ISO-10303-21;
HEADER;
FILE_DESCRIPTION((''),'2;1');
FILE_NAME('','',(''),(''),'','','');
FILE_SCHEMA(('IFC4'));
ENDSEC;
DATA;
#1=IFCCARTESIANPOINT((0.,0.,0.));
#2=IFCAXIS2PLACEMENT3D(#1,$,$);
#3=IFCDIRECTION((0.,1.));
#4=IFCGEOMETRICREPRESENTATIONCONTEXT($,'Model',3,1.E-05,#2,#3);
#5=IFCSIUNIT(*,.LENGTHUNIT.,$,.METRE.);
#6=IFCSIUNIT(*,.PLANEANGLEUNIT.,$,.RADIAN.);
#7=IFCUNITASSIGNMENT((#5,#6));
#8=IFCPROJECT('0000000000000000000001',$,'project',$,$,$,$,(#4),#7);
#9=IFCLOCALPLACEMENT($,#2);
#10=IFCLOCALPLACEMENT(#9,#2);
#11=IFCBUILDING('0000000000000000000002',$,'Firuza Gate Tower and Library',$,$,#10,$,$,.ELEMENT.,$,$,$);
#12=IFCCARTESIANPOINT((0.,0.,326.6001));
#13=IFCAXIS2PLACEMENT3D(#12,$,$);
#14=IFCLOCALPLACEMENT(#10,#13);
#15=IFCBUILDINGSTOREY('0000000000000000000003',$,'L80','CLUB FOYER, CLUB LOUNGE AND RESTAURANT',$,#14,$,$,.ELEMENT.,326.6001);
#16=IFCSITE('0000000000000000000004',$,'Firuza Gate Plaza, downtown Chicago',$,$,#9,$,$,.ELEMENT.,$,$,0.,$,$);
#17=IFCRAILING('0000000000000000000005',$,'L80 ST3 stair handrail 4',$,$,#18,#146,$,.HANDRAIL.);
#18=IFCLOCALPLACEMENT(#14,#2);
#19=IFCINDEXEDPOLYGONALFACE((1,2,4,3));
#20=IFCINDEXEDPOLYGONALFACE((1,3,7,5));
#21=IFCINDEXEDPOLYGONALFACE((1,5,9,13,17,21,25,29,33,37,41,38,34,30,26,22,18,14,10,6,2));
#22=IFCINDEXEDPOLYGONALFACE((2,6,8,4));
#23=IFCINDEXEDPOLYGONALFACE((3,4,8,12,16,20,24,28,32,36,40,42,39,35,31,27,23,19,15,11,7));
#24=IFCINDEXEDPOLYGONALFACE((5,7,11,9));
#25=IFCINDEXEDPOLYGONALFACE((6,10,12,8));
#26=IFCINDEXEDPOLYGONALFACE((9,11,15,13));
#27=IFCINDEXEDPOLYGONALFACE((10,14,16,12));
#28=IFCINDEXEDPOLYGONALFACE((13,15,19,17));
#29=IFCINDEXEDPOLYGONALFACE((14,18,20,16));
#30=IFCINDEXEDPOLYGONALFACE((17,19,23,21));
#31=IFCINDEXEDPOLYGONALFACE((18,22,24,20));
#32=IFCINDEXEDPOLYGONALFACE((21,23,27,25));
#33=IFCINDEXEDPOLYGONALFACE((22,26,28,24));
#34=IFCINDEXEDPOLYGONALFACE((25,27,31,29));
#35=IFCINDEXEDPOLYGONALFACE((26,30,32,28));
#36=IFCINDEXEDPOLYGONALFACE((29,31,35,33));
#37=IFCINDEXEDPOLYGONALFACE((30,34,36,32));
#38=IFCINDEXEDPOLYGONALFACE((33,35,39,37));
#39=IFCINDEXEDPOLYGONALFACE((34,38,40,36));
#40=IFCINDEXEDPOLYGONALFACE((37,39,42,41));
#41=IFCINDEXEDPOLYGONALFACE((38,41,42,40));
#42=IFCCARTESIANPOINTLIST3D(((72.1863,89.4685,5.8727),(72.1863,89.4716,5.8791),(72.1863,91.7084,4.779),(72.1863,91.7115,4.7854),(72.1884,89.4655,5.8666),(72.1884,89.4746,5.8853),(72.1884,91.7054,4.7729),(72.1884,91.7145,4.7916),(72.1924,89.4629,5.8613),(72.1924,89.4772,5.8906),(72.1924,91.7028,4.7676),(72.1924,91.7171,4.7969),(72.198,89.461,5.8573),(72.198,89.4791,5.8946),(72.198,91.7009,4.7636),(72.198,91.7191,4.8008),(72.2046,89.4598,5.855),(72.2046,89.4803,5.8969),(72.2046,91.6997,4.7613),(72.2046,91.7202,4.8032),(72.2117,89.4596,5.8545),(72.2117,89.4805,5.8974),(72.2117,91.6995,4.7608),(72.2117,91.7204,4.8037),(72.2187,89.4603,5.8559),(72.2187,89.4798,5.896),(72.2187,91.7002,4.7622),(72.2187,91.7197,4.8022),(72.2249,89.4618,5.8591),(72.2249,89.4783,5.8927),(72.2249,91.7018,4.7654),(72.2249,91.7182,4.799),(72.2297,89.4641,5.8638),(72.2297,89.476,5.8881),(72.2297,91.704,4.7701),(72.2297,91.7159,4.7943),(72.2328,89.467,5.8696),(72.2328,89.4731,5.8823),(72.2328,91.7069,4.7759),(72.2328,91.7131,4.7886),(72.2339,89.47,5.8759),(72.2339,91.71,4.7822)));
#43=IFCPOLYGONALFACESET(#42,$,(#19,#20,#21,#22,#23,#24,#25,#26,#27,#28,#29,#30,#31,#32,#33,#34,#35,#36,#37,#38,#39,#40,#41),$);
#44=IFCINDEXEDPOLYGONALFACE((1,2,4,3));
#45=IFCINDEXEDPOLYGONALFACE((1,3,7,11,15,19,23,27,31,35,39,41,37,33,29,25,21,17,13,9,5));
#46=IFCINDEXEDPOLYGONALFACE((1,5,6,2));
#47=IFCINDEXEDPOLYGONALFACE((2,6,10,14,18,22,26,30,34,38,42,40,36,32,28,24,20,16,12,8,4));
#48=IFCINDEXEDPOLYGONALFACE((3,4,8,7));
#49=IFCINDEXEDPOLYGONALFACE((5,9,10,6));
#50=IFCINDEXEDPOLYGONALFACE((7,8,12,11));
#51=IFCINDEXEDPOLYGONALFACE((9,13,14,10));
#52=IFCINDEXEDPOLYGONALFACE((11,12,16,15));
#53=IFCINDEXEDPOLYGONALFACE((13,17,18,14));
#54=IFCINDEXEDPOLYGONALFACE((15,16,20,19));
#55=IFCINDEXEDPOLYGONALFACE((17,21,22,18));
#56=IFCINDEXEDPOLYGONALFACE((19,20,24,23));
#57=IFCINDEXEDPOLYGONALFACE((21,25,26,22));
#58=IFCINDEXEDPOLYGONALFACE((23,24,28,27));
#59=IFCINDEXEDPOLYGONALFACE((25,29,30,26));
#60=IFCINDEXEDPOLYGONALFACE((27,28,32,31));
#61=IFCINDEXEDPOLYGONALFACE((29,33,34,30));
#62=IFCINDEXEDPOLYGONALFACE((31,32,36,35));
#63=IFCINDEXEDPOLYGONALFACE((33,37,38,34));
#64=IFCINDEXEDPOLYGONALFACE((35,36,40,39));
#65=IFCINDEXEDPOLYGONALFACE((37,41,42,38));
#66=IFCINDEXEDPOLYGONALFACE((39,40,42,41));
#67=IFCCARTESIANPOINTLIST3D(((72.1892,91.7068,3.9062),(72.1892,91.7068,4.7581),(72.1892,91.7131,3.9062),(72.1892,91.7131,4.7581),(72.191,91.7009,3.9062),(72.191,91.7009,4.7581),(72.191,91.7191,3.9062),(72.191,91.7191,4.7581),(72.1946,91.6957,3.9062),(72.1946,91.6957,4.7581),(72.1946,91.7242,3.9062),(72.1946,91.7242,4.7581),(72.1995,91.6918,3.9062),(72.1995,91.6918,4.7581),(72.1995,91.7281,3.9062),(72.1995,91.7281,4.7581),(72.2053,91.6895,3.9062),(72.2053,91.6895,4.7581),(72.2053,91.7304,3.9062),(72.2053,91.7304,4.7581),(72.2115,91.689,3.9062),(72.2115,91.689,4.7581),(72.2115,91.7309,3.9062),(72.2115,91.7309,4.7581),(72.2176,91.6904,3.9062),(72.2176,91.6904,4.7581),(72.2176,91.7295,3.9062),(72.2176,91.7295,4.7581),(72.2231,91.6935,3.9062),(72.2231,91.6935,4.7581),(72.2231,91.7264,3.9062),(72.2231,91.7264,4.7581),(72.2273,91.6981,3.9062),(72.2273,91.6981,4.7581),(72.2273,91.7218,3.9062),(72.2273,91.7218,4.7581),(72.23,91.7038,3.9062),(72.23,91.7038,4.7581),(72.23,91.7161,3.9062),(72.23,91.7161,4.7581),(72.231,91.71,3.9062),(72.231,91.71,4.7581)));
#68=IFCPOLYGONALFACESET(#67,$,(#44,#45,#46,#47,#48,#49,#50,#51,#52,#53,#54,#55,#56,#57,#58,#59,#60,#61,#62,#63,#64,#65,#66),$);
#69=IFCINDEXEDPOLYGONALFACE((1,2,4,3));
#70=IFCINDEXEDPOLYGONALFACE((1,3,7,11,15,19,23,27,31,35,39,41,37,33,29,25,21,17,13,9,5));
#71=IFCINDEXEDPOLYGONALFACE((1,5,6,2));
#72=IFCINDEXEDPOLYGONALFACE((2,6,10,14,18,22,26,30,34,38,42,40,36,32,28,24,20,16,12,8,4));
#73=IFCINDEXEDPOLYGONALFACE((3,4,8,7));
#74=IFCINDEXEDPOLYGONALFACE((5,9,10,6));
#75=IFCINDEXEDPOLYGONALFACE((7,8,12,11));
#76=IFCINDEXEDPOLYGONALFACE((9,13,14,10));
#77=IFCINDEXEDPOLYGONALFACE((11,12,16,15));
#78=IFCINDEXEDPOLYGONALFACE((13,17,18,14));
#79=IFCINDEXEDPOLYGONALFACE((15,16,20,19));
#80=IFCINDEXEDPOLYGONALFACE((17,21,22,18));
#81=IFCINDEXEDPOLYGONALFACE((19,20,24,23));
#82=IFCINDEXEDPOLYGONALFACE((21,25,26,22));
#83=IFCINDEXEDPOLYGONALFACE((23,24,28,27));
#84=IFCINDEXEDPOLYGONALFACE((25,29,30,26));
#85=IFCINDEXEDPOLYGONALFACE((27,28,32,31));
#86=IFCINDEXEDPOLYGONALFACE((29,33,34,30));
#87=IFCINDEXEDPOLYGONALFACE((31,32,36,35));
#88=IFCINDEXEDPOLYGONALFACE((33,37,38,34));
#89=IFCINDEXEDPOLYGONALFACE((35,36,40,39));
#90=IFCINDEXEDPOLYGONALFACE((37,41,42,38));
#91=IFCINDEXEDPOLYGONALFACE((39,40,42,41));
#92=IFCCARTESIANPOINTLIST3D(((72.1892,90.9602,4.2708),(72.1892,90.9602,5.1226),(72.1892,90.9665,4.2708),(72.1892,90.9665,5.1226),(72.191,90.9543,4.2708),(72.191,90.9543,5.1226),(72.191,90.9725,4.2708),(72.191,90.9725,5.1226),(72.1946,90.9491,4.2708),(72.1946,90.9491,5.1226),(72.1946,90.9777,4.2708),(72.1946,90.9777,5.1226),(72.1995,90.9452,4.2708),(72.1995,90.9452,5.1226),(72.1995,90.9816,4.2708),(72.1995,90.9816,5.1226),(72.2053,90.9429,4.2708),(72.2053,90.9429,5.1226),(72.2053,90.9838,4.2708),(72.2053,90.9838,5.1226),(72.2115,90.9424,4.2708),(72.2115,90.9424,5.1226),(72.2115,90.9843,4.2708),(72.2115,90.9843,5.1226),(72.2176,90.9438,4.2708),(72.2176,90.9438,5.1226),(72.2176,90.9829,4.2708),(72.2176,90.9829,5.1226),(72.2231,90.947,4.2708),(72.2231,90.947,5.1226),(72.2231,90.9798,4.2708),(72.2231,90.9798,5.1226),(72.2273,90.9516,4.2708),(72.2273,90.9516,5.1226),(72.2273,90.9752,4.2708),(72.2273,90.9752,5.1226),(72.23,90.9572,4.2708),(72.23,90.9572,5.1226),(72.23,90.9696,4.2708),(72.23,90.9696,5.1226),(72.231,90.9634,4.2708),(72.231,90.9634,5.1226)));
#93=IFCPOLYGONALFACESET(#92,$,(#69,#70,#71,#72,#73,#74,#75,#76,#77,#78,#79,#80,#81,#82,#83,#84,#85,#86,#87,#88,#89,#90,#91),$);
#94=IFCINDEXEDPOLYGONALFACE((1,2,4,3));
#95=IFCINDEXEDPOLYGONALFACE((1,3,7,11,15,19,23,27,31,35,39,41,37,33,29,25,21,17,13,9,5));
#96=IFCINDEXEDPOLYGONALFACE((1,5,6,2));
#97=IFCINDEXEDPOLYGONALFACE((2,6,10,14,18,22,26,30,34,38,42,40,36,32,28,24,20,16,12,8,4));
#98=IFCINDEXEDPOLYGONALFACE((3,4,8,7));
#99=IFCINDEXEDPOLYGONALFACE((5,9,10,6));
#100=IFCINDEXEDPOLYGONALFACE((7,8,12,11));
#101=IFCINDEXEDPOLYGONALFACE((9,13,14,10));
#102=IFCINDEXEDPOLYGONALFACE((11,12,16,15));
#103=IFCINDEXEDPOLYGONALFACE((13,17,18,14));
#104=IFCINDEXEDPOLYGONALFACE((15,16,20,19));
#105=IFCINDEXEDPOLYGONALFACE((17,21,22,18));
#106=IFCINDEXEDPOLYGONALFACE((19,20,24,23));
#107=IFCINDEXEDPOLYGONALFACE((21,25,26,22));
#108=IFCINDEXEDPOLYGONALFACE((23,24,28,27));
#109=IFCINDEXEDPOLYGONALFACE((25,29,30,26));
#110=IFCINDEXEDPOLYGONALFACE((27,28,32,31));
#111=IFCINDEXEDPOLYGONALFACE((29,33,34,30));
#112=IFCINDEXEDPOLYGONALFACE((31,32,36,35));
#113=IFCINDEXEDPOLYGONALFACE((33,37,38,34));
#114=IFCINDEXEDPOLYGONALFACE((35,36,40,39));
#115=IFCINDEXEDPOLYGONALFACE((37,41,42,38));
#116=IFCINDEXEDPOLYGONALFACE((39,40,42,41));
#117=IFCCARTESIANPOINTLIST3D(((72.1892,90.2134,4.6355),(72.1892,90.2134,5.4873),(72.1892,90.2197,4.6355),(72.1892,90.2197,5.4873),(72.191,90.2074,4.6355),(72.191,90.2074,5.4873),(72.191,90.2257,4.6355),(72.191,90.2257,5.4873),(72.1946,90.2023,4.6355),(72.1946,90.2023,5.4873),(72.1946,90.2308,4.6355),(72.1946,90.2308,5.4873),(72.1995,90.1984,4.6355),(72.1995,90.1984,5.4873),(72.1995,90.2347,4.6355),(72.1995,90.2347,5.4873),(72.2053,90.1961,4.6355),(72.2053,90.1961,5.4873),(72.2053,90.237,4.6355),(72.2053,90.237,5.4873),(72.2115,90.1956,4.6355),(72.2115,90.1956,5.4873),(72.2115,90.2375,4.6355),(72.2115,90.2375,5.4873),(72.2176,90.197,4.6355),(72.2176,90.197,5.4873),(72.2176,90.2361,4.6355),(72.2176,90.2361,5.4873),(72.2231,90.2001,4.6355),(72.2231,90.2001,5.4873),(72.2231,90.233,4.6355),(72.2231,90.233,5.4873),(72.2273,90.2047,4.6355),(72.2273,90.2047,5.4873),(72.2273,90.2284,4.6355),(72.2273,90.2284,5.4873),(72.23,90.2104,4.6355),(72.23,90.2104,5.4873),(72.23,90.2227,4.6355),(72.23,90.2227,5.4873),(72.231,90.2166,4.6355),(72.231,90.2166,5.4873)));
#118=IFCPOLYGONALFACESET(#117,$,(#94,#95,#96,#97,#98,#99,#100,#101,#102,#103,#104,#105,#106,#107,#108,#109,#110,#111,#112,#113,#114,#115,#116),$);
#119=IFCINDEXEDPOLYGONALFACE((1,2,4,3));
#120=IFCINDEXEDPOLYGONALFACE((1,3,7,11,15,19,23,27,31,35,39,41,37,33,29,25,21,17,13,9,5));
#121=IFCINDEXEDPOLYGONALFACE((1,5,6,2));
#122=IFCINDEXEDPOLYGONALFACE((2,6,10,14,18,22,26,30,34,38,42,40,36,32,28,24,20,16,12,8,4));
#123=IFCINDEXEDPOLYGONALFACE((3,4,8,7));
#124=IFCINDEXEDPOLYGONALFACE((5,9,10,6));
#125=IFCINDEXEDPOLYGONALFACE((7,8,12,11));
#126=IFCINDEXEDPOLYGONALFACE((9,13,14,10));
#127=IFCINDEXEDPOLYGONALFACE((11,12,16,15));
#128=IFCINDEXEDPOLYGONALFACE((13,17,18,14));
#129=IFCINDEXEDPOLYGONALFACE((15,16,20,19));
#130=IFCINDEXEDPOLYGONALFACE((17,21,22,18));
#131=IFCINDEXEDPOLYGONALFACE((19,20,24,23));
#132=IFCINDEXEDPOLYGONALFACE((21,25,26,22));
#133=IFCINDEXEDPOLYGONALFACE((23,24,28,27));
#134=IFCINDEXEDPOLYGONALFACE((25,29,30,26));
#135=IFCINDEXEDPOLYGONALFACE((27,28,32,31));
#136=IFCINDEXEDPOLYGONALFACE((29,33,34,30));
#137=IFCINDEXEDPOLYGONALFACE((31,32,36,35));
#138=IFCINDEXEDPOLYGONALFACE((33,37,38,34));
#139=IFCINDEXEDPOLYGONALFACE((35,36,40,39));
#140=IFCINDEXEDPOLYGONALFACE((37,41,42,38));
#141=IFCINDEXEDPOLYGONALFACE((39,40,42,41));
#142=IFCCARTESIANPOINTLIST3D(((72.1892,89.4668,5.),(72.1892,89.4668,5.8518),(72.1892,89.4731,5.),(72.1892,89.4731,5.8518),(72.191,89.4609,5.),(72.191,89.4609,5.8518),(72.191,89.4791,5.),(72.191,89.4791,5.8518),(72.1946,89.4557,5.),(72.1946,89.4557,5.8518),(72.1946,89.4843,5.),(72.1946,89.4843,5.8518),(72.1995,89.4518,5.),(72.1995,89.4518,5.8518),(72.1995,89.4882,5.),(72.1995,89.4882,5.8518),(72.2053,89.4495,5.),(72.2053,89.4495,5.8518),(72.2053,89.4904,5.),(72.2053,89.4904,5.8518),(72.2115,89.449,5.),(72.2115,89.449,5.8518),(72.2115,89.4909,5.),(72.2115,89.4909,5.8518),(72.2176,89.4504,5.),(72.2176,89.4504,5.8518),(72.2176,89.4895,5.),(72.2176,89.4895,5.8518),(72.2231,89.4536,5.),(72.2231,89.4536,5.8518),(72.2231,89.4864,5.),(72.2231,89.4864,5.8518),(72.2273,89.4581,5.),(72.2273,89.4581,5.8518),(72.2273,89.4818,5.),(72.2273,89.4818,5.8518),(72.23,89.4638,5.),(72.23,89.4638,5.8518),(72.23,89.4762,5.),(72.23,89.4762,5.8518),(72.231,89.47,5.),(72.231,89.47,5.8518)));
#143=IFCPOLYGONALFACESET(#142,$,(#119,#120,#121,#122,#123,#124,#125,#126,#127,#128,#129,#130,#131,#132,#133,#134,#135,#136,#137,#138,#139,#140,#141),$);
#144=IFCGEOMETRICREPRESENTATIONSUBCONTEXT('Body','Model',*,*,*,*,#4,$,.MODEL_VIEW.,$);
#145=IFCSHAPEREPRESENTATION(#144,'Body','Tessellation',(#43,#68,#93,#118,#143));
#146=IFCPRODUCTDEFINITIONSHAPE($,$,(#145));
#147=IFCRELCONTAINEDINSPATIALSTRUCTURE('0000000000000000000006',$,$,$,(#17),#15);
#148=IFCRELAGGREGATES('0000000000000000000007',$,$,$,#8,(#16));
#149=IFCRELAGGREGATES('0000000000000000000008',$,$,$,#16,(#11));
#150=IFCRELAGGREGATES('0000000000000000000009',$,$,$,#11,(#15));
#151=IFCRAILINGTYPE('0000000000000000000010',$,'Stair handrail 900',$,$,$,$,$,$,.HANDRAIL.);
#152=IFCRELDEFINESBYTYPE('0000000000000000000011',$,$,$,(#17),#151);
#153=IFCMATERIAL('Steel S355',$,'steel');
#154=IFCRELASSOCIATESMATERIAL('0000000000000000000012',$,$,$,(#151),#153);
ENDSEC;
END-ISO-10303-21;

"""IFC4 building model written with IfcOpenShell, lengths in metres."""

from ifc_helpers import new_model, si_unit, direction, frame, origin, origin_2d, place, context, subcontext, project, spatial, circle, extrude, material, type_object, element, save


model = new_model("IFC4")

# Units and contexts
model_context = context("Model", 3, precision=1e-05, world=origin(), true_north=direction((0.0, 1.0)))
body_context = subcontext(model_context, "Body", "Model", "MODEL_VIEW")
ifc_project = project(units=[si_unit("LENGTHUNIT", "METRE"), si_unit("PLANEANGLEUNIT", "RADIAN")], contexts=[model_context])

# Site, building, storey
site_placement = place(None, origin())
site = spatial("IfcSite", under=ifc_project, at=site_placement, Name="Firuza Gate Plaza, downtown Chicago", CompositionType="ELEMENT", RefElevation=0.0)
building_placement = place(site_placement, origin())
building = spatial("IfcBuilding", under=site, at=building_placement, Name="Firuza Gate Tower and Library", CompositionType="ELEMENT")
storey_placement = place(building_placement, frame((0.0, 0.0, 326.6001)))
storey = spatial("IfcBuildingStorey", under=building, at=storey_placement, Name="L80", Description="CLUB FOYER, CLUB LOUNGE AND RESTAURANT", CompositionType="ELEMENT", Elevation=326.6001)

# Railing
ifc_material_1 = material(Name="Steel S355", Category="steel")
railing_type = type_object("IfcRailingType", Name="Stair handrail 900", PredefinedType="HANDRAIL", material=ifc_material_1)
for number, where, name in (
    (1, (72.21, 91.71, 3.9062), "L80 ST3 stair handrail 4"),
):
    element("IfcRailing", number, at=place(storey_placement, frame(where)), inside=storey, type_object=railing_type, Name=name, PredefinedType="HANDRAIL", context=body_context, shape_type="SweptSolid", body=[
        extrude(circle(Radius=0.0239, at=origin_2d()), frame((0.0, 0.0, 0.876), z_axis=(0.0, -0.898599, 0.438771), x_axis=(1.0, 0.0, 0.0)), (0.0, 0.0, 1.0), 2.4927),
        extrude(circle(Radius=0.021, at=origin_2d()), origin(), (0.0, 0.0, 1.0), 0.8518),
        extrude(circle(Radius=0.021, at=origin_2d()), frame((0.0, -0.7466, 0.3645)), (0.0, 0.0, 1.0), 0.8518),
        extrude(circle(Radius=0.021, at=origin_2d()), frame((0.0, -1.4934, 0.7292)), (0.0, 0.0, 1.0), 0.8518),
        extrude(circle(Radius=0.021, at=origin_2d()), frame((0.0, -2.24, 1.0938)), (0.0, 0.0, 1.0), 0.8518),
    ])

save(model, "model.ifc")
